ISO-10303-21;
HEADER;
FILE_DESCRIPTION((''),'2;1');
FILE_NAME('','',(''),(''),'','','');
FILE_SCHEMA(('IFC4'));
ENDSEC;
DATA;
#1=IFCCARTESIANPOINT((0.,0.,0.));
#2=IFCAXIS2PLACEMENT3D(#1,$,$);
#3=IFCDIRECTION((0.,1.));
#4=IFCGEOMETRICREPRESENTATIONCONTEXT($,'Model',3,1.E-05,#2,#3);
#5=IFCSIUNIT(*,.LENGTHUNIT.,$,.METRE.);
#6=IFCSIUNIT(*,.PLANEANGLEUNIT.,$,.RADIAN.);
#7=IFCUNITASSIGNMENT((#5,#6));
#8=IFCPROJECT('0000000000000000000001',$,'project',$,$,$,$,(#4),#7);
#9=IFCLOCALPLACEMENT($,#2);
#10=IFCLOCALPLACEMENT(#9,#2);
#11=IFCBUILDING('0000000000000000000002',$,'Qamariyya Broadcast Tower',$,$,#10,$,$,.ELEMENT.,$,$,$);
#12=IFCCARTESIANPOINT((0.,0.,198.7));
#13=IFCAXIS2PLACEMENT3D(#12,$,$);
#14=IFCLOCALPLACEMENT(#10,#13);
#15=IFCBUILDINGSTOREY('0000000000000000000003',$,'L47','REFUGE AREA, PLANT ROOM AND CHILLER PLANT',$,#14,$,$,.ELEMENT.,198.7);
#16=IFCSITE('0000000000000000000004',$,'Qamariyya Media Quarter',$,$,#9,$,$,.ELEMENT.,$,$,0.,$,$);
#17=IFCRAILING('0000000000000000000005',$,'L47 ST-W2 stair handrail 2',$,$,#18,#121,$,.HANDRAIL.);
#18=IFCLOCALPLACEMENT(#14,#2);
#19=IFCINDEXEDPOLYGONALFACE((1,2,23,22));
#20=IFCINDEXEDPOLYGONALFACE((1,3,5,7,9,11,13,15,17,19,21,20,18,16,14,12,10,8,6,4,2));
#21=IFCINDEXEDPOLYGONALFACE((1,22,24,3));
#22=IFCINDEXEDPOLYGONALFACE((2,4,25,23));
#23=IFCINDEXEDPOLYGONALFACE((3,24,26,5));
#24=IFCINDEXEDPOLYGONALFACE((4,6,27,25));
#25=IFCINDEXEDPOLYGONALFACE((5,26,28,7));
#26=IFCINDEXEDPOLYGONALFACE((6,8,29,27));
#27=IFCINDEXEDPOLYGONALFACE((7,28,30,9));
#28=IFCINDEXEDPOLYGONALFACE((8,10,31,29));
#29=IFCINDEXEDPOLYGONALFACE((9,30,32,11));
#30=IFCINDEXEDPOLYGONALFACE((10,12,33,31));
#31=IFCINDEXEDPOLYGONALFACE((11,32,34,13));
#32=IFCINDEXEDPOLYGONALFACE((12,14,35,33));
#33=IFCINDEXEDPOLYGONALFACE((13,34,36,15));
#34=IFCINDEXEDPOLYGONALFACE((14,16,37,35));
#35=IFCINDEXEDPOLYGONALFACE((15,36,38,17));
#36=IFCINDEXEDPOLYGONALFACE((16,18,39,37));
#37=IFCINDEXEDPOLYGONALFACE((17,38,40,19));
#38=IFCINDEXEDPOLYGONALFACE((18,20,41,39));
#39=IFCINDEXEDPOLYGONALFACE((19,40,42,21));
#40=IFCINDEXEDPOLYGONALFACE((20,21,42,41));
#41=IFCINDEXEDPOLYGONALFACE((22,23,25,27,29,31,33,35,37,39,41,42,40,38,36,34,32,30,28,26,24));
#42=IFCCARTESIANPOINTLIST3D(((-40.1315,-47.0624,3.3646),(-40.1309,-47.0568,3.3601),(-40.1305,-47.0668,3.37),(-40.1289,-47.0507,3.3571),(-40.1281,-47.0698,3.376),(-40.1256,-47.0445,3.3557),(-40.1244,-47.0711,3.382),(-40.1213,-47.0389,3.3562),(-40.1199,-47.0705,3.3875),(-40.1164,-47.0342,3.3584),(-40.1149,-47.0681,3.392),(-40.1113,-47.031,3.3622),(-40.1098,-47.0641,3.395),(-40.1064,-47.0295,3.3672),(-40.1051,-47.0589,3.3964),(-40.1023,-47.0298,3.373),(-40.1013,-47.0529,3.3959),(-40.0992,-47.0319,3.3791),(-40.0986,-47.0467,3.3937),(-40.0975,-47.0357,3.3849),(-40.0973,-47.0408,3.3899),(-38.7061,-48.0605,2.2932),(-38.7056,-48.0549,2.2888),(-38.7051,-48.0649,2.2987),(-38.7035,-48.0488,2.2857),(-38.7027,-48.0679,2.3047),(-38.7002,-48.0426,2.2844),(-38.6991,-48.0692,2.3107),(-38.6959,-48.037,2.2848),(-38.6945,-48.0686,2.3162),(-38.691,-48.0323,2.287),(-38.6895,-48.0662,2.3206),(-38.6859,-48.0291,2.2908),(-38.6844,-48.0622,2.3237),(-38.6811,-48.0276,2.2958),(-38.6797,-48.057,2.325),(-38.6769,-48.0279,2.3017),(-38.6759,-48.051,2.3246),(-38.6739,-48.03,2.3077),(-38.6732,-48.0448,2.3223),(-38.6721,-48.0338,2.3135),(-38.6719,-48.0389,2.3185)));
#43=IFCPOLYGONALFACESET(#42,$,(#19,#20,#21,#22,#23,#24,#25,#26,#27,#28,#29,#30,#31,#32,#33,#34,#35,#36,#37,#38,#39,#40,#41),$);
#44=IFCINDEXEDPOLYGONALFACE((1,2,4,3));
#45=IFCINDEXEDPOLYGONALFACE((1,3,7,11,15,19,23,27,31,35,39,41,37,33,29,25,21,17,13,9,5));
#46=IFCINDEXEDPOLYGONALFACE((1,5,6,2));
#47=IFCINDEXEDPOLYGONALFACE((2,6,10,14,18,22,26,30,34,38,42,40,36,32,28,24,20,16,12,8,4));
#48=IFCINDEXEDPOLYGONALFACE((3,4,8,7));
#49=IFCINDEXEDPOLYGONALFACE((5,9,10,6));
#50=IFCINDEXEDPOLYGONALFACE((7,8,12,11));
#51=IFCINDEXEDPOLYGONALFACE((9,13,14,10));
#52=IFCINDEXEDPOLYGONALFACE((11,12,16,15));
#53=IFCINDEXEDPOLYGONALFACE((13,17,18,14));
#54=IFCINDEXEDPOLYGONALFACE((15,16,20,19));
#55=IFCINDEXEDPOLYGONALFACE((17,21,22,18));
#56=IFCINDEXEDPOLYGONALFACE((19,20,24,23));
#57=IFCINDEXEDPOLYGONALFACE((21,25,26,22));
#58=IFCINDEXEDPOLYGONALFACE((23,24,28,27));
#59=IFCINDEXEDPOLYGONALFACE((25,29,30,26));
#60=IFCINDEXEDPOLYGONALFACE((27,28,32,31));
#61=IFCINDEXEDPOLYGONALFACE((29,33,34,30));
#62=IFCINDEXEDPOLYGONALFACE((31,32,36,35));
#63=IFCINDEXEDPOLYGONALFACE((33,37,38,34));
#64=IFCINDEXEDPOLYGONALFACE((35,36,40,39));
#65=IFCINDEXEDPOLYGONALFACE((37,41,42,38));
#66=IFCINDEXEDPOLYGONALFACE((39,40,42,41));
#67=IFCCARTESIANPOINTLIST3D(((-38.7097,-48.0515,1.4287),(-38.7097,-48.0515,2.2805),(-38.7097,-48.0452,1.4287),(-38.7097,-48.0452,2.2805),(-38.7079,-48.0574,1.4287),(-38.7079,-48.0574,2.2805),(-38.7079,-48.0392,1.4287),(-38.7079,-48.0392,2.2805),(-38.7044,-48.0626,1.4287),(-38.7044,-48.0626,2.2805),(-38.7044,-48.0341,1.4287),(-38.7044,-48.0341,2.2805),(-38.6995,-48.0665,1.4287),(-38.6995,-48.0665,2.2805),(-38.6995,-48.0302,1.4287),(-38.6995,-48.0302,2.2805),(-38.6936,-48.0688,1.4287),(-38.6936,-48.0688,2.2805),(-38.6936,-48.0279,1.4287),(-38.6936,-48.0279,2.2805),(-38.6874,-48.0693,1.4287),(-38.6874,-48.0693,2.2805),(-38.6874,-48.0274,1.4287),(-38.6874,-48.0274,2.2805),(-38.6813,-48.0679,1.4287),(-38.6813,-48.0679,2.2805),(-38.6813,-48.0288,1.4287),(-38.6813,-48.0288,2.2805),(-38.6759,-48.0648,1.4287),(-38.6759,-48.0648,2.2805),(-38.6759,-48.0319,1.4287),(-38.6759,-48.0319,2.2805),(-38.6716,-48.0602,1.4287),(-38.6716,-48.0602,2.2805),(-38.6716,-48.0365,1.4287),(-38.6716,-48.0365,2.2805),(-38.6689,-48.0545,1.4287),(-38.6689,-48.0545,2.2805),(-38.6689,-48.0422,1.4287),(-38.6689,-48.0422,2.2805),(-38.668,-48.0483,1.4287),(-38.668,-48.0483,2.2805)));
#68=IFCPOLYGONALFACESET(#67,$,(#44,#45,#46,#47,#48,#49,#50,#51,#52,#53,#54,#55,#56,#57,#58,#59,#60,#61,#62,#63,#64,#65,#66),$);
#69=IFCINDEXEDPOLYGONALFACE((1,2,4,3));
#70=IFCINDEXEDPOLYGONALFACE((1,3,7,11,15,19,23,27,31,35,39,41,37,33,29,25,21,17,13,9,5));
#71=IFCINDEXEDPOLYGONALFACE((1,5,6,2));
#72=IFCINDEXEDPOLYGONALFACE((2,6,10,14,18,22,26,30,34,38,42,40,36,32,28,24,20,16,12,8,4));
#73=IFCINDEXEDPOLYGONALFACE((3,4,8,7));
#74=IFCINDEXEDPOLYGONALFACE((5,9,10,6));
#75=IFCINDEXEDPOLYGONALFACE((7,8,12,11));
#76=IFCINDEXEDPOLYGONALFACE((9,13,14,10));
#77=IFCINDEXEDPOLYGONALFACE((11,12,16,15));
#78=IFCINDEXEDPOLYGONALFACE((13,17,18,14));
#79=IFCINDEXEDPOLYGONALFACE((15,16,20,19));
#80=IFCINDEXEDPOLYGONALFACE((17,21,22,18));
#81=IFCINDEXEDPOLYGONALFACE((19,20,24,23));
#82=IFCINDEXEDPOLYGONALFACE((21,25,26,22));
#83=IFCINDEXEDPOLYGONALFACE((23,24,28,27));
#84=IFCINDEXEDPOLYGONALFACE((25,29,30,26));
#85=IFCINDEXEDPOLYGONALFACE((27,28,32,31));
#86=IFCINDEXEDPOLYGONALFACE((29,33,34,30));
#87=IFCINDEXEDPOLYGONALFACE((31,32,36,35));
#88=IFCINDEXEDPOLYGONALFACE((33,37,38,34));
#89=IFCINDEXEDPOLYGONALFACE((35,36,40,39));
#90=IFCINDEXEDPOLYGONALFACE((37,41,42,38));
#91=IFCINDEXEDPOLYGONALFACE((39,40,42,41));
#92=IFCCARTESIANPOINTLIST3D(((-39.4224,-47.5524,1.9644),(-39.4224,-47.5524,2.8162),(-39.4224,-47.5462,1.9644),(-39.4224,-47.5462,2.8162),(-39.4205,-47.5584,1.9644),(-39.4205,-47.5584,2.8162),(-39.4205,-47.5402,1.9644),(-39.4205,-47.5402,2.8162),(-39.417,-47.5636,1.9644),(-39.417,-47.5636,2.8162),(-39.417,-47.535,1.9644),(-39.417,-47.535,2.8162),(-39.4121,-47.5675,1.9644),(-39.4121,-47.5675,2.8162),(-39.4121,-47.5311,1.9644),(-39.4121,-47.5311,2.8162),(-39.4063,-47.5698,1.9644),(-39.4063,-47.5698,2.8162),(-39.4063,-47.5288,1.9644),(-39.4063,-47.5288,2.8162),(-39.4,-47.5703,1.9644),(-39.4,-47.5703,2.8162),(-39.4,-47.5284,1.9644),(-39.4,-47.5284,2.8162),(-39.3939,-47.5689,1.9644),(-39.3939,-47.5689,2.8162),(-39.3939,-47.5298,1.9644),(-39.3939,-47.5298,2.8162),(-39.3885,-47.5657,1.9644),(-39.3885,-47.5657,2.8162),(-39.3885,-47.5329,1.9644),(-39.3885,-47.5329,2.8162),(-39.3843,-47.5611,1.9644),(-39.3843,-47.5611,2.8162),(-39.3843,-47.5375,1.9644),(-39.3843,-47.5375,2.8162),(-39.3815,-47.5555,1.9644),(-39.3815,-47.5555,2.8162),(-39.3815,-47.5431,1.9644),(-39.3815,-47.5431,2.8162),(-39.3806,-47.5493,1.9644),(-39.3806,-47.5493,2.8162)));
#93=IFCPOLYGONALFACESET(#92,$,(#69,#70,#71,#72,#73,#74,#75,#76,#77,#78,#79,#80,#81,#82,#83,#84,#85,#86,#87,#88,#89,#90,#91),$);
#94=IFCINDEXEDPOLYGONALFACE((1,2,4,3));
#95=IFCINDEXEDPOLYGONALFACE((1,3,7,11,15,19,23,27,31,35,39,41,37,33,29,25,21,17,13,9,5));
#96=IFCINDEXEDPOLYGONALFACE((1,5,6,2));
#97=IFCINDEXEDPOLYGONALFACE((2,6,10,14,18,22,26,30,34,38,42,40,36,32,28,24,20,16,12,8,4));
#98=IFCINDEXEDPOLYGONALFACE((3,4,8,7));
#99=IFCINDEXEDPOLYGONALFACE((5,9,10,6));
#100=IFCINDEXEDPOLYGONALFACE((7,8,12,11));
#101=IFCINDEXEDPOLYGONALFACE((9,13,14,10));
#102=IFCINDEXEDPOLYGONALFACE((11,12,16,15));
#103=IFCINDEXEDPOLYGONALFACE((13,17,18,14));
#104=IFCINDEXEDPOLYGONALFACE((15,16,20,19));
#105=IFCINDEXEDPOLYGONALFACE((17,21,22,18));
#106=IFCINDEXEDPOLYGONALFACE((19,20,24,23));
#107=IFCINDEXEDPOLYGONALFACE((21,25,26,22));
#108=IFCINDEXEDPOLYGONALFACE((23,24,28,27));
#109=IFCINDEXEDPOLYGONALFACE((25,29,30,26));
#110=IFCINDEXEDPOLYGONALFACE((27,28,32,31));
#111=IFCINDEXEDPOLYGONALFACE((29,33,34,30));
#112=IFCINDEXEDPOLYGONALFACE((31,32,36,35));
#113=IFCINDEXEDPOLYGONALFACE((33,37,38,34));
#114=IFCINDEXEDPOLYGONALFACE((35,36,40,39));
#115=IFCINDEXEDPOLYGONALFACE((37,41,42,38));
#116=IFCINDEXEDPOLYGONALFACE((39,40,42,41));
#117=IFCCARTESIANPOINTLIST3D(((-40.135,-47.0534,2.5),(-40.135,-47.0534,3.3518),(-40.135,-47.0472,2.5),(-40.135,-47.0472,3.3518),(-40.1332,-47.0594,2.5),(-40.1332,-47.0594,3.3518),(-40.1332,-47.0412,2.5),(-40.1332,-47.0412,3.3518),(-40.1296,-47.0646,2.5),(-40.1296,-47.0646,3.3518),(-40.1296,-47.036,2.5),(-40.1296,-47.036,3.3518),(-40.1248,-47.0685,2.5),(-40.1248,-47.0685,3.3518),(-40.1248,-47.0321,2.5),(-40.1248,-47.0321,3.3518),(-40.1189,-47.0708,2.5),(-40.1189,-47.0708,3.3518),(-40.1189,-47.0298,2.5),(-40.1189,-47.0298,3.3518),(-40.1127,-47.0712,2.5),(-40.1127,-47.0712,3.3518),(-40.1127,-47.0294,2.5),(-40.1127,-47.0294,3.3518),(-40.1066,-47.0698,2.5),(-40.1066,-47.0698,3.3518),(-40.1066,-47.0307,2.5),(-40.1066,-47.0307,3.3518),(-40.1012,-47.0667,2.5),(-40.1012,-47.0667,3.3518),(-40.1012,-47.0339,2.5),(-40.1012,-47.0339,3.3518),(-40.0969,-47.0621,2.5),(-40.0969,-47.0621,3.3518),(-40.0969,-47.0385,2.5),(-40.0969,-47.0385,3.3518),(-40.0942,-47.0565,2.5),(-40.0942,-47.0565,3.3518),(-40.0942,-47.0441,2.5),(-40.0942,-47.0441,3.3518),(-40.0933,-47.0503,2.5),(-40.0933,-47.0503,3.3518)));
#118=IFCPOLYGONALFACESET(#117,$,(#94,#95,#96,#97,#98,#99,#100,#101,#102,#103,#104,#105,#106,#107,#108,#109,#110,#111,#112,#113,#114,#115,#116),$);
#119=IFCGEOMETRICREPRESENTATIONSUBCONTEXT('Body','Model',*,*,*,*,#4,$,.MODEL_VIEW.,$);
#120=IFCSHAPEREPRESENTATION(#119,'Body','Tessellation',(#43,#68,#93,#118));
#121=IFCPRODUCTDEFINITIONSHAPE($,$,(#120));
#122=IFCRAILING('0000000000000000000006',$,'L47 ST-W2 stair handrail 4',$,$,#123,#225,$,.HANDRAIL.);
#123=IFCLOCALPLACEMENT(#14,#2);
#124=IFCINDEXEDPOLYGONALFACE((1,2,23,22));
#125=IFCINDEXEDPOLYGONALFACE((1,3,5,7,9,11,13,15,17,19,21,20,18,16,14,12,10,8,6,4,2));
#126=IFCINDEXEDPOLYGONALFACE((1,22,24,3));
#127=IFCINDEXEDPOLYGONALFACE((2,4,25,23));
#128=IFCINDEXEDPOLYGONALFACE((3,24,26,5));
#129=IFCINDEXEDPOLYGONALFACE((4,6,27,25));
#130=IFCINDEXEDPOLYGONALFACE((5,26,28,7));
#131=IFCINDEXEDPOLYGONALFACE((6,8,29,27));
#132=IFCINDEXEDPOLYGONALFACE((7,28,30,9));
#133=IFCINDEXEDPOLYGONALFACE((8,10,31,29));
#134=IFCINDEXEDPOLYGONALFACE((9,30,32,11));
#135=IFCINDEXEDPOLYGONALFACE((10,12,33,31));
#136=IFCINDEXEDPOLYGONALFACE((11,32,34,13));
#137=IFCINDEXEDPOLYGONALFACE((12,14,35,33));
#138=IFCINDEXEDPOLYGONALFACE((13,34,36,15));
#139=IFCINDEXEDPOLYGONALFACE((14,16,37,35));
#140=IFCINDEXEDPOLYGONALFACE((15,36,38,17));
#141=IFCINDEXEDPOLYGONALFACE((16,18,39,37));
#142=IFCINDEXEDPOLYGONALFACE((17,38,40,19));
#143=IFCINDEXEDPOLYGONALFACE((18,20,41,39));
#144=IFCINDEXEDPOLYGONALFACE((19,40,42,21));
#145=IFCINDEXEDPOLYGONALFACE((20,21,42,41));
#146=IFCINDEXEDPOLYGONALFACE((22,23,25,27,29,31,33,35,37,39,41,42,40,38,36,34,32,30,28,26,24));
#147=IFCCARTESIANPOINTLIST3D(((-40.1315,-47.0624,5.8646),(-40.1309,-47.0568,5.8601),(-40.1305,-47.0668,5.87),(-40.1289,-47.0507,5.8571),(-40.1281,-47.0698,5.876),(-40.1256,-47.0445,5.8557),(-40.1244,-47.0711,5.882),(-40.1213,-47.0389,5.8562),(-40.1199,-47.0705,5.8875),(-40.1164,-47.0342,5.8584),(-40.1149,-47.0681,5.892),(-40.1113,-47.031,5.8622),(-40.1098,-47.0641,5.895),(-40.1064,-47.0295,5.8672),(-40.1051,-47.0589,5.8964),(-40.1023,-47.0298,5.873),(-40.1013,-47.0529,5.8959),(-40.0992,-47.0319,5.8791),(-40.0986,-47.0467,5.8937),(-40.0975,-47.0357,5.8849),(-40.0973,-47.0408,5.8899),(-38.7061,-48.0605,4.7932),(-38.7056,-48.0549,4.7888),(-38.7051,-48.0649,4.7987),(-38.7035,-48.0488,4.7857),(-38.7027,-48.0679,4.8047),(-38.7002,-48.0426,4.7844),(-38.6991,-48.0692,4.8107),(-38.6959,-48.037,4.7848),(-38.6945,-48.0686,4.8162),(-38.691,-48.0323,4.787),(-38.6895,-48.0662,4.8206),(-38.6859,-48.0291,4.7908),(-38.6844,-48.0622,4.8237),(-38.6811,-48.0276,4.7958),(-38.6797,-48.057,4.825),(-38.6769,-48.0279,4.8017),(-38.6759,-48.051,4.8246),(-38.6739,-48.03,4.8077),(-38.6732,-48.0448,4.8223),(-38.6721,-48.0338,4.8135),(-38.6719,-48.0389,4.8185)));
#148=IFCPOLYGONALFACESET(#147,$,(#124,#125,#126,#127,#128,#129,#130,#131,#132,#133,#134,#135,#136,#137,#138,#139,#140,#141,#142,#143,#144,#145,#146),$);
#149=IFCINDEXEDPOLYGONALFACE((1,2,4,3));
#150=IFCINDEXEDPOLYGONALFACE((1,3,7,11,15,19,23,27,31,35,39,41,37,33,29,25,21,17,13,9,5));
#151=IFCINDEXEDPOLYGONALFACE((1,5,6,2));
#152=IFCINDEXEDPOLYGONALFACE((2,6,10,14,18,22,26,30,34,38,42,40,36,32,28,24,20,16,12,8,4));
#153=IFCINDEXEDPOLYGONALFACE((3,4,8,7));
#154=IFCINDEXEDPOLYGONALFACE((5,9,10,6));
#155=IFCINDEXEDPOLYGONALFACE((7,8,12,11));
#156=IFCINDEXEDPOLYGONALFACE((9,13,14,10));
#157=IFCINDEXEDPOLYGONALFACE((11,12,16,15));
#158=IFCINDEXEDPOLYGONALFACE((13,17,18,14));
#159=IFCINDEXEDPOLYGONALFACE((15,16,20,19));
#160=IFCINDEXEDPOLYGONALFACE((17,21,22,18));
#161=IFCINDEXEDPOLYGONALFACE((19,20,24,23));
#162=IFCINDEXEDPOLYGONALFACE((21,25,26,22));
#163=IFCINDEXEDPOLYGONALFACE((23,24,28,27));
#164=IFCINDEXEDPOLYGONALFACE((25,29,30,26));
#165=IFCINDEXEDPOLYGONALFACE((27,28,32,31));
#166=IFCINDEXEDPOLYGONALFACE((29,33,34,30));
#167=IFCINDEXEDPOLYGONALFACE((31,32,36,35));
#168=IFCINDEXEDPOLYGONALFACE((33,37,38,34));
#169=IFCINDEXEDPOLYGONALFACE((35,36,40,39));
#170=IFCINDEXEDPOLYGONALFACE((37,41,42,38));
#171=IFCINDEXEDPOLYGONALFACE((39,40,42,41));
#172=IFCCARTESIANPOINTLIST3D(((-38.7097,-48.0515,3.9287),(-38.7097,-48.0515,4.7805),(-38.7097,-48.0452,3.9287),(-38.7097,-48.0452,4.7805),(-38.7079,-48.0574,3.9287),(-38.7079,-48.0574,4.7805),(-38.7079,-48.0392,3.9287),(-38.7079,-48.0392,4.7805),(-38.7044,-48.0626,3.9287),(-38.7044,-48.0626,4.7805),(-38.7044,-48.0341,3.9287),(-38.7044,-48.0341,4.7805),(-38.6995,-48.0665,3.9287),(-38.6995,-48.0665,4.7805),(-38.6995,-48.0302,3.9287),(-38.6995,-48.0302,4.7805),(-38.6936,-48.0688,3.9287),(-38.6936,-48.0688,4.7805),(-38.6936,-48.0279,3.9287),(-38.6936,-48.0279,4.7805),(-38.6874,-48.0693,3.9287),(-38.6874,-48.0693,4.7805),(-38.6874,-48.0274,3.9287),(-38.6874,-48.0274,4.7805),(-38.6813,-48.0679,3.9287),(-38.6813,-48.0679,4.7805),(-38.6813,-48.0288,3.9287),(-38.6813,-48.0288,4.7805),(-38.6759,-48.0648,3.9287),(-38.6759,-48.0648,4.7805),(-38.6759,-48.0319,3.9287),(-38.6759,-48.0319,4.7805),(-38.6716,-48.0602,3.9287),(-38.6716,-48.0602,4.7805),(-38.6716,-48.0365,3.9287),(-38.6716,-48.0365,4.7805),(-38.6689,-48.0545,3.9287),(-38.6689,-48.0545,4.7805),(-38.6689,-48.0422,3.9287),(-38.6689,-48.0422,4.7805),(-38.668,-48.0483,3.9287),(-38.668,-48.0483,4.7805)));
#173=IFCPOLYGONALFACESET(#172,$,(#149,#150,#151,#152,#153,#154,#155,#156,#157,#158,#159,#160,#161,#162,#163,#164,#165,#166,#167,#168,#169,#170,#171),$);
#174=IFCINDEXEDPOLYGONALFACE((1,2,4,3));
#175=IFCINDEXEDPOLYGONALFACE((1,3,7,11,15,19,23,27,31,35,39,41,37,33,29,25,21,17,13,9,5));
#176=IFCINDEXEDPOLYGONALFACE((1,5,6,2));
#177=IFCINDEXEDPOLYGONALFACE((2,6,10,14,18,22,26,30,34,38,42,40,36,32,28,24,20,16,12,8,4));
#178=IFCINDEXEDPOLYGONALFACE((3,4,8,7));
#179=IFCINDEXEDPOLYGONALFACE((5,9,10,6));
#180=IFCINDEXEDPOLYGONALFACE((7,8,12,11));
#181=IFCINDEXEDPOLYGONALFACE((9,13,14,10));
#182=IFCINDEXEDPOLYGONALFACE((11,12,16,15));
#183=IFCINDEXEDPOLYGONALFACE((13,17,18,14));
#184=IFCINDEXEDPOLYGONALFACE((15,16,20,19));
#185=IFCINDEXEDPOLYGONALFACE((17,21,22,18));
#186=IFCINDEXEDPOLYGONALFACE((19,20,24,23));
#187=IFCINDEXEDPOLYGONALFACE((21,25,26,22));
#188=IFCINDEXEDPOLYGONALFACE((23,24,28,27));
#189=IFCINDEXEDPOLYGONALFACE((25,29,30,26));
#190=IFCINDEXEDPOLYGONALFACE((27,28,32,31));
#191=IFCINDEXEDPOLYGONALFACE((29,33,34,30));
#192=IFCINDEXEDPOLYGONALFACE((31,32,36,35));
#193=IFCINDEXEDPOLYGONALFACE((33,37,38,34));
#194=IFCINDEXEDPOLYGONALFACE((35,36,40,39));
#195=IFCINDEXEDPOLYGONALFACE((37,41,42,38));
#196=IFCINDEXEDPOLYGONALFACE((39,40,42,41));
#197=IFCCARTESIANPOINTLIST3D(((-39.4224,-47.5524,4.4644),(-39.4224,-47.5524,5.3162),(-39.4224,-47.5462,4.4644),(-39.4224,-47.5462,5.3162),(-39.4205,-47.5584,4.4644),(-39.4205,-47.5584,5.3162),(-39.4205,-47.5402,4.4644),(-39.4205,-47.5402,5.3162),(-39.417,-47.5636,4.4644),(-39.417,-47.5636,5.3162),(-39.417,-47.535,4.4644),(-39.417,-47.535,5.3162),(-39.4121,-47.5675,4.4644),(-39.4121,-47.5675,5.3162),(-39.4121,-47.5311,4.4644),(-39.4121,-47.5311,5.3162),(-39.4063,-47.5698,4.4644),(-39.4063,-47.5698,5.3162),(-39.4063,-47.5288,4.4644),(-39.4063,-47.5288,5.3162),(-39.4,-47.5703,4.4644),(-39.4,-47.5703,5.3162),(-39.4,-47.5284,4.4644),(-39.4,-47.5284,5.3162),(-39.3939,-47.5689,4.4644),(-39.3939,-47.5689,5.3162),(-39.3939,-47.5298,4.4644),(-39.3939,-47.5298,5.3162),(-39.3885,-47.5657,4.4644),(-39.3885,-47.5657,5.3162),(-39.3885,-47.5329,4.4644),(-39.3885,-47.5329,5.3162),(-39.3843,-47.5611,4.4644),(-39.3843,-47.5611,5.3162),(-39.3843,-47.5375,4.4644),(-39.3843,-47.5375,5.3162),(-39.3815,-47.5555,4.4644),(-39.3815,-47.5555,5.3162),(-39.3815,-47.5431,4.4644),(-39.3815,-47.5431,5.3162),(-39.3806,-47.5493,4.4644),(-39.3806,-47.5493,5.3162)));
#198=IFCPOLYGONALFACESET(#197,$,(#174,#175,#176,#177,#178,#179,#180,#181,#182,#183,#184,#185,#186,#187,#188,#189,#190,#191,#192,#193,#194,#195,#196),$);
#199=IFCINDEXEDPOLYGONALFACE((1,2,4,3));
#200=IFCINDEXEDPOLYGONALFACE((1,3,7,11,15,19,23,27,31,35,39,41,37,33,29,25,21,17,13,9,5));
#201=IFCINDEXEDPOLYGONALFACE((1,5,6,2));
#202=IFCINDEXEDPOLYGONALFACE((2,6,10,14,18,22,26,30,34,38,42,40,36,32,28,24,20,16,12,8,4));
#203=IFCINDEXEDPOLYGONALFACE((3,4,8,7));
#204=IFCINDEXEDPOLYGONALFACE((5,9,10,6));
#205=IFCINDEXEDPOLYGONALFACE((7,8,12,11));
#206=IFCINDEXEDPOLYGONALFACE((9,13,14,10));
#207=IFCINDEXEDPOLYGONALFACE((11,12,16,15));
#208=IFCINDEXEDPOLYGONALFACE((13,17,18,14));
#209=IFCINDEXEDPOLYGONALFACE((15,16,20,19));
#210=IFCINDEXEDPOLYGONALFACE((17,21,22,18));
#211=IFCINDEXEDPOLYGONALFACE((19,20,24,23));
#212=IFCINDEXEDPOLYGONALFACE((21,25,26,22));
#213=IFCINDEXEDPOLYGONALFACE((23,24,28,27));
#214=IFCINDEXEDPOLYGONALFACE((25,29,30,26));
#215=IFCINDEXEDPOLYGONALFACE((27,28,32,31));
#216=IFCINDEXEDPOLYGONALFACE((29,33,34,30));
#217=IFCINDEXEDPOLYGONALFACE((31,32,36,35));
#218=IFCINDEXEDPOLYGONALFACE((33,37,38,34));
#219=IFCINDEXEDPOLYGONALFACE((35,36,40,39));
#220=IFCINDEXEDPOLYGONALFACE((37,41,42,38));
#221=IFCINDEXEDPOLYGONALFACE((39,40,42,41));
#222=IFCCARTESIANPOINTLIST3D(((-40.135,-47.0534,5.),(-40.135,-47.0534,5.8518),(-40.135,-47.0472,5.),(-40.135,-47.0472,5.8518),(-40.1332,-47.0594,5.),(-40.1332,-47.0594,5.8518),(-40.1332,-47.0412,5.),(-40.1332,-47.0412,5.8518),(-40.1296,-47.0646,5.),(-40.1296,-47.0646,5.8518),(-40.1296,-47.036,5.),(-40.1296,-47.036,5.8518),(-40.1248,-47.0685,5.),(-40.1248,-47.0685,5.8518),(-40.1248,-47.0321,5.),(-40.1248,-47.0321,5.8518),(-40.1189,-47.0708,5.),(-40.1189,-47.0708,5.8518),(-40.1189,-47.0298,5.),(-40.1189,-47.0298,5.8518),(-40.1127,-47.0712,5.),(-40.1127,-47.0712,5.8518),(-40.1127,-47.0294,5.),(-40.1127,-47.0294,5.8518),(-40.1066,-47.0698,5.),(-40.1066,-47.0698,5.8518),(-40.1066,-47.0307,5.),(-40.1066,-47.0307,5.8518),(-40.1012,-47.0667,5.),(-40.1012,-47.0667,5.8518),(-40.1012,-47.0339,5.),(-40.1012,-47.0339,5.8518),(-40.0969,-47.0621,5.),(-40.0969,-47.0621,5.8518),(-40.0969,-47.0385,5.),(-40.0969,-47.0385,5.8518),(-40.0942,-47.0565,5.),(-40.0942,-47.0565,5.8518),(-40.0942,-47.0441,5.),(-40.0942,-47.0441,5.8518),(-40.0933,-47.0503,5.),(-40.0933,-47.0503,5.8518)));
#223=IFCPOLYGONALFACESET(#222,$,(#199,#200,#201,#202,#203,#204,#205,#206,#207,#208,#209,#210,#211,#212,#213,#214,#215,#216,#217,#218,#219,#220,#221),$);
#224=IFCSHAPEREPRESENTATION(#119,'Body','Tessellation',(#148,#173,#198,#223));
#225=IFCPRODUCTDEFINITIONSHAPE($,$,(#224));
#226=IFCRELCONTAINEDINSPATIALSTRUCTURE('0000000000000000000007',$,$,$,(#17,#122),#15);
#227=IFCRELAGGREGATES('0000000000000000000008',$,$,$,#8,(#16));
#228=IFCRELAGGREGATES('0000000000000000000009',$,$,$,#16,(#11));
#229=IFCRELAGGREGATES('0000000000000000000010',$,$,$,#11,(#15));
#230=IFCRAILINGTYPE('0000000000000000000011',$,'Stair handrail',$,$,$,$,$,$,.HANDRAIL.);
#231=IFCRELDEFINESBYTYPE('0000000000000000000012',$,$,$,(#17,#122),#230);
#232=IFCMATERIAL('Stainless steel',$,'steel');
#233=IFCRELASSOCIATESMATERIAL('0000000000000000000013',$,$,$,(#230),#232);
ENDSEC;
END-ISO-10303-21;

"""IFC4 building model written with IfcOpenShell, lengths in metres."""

from ifc_helpers import new_model, si_unit, direction, frame, origin, origin_2d, place, context, subcontext, project, spatial, circle, extrude, material, type_object, element, save


model = new_model("IFC4")

# Units and contexts
model_context = context("Model", 3, precision=1e-05, world=origin(), true_north=direction((0.0, 1.0)))
body_context = subcontext(model_context, "Body", "Model", "MODEL_VIEW")
ifc_project = project(units=[si_unit("LENGTHUNIT", "METRE"), si_unit("PLANEANGLEUNIT", "RADIAN")], contexts=[model_context])

# Site, building, storey
site_placement = place(None, origin())
site = spatial("IfcSite", under=ifc_project, at=site_placement, Name="Qamariyya Media Quarter", CompositionType="ELEMENT", RefElevation=0.0)
building_placement = place(site_placement, origin())
building = spatial("IfcBuilding", under=site, at=building_placement, Name="Qamariyya Broadcast Tower", CompositionType="ELEMENT")
storey_placement = place(building_placement, frame((0.0, 0.0, 198.7)))
storey = spatial("IfcBuildingStorey", under=building, at=storey_placement, Name="L47", Description="REFUGE AREA, PLANT ROOM AND CHILLER PLANT", CompositionType="ELEMENT", Elevation=198.7)

# Railings
ifc_material_1 = material(Name="Stainless steel", Category="steel")
railing_type = type_object("IfcRailingType", Name="Stair handrail", PredefinedType="HANDRAIL", material=ifc_material_1)
for number, where, name in (
    (1, (-38.689, -48.0483, 1.4287), "L47 ST-W2 stair handrail 2"),
    (2, (-38.689, -48.0483, 3.9287), "L47 ST-W2 stair handrail 4"),
):
    element("IfcRailing", number, at=place(storey_placement, frame(where)), inside=storey, type_object=railing_type, Name=name, PredefinedType="HANDRAIL", context=body_context, shape_type="SweptSolid", body=[
        extrude(circle(Radius=0.0239, at=origin_2d()), frame((0.0, 0.0, 0.876), z_axis=(-0.697533, 0.48844, 0.524285), x_axis=(-0.573594, -0.81914, 0.0)), (0.0, 0.0, 1.0), 2.0435),
        extrude(circle(Radius=0.021, at=origin_2d()), origin(), (0.0, 0.0, 1.0), 0.8518),
        extrude(circle(Radius=0.021, at=origin_2d()), frame((-0.7126, 0.499, 0.5356)), (0.0, 0.0, 1.0), 0.8518),
        extrude(circle(Radius=0.021, at=origin_2d()), frame((-1.4253, 0.998, 1.0713)), (0.0, 0.0, 1.0), 0.8518),
    ])

save(model, "model.ifc")
